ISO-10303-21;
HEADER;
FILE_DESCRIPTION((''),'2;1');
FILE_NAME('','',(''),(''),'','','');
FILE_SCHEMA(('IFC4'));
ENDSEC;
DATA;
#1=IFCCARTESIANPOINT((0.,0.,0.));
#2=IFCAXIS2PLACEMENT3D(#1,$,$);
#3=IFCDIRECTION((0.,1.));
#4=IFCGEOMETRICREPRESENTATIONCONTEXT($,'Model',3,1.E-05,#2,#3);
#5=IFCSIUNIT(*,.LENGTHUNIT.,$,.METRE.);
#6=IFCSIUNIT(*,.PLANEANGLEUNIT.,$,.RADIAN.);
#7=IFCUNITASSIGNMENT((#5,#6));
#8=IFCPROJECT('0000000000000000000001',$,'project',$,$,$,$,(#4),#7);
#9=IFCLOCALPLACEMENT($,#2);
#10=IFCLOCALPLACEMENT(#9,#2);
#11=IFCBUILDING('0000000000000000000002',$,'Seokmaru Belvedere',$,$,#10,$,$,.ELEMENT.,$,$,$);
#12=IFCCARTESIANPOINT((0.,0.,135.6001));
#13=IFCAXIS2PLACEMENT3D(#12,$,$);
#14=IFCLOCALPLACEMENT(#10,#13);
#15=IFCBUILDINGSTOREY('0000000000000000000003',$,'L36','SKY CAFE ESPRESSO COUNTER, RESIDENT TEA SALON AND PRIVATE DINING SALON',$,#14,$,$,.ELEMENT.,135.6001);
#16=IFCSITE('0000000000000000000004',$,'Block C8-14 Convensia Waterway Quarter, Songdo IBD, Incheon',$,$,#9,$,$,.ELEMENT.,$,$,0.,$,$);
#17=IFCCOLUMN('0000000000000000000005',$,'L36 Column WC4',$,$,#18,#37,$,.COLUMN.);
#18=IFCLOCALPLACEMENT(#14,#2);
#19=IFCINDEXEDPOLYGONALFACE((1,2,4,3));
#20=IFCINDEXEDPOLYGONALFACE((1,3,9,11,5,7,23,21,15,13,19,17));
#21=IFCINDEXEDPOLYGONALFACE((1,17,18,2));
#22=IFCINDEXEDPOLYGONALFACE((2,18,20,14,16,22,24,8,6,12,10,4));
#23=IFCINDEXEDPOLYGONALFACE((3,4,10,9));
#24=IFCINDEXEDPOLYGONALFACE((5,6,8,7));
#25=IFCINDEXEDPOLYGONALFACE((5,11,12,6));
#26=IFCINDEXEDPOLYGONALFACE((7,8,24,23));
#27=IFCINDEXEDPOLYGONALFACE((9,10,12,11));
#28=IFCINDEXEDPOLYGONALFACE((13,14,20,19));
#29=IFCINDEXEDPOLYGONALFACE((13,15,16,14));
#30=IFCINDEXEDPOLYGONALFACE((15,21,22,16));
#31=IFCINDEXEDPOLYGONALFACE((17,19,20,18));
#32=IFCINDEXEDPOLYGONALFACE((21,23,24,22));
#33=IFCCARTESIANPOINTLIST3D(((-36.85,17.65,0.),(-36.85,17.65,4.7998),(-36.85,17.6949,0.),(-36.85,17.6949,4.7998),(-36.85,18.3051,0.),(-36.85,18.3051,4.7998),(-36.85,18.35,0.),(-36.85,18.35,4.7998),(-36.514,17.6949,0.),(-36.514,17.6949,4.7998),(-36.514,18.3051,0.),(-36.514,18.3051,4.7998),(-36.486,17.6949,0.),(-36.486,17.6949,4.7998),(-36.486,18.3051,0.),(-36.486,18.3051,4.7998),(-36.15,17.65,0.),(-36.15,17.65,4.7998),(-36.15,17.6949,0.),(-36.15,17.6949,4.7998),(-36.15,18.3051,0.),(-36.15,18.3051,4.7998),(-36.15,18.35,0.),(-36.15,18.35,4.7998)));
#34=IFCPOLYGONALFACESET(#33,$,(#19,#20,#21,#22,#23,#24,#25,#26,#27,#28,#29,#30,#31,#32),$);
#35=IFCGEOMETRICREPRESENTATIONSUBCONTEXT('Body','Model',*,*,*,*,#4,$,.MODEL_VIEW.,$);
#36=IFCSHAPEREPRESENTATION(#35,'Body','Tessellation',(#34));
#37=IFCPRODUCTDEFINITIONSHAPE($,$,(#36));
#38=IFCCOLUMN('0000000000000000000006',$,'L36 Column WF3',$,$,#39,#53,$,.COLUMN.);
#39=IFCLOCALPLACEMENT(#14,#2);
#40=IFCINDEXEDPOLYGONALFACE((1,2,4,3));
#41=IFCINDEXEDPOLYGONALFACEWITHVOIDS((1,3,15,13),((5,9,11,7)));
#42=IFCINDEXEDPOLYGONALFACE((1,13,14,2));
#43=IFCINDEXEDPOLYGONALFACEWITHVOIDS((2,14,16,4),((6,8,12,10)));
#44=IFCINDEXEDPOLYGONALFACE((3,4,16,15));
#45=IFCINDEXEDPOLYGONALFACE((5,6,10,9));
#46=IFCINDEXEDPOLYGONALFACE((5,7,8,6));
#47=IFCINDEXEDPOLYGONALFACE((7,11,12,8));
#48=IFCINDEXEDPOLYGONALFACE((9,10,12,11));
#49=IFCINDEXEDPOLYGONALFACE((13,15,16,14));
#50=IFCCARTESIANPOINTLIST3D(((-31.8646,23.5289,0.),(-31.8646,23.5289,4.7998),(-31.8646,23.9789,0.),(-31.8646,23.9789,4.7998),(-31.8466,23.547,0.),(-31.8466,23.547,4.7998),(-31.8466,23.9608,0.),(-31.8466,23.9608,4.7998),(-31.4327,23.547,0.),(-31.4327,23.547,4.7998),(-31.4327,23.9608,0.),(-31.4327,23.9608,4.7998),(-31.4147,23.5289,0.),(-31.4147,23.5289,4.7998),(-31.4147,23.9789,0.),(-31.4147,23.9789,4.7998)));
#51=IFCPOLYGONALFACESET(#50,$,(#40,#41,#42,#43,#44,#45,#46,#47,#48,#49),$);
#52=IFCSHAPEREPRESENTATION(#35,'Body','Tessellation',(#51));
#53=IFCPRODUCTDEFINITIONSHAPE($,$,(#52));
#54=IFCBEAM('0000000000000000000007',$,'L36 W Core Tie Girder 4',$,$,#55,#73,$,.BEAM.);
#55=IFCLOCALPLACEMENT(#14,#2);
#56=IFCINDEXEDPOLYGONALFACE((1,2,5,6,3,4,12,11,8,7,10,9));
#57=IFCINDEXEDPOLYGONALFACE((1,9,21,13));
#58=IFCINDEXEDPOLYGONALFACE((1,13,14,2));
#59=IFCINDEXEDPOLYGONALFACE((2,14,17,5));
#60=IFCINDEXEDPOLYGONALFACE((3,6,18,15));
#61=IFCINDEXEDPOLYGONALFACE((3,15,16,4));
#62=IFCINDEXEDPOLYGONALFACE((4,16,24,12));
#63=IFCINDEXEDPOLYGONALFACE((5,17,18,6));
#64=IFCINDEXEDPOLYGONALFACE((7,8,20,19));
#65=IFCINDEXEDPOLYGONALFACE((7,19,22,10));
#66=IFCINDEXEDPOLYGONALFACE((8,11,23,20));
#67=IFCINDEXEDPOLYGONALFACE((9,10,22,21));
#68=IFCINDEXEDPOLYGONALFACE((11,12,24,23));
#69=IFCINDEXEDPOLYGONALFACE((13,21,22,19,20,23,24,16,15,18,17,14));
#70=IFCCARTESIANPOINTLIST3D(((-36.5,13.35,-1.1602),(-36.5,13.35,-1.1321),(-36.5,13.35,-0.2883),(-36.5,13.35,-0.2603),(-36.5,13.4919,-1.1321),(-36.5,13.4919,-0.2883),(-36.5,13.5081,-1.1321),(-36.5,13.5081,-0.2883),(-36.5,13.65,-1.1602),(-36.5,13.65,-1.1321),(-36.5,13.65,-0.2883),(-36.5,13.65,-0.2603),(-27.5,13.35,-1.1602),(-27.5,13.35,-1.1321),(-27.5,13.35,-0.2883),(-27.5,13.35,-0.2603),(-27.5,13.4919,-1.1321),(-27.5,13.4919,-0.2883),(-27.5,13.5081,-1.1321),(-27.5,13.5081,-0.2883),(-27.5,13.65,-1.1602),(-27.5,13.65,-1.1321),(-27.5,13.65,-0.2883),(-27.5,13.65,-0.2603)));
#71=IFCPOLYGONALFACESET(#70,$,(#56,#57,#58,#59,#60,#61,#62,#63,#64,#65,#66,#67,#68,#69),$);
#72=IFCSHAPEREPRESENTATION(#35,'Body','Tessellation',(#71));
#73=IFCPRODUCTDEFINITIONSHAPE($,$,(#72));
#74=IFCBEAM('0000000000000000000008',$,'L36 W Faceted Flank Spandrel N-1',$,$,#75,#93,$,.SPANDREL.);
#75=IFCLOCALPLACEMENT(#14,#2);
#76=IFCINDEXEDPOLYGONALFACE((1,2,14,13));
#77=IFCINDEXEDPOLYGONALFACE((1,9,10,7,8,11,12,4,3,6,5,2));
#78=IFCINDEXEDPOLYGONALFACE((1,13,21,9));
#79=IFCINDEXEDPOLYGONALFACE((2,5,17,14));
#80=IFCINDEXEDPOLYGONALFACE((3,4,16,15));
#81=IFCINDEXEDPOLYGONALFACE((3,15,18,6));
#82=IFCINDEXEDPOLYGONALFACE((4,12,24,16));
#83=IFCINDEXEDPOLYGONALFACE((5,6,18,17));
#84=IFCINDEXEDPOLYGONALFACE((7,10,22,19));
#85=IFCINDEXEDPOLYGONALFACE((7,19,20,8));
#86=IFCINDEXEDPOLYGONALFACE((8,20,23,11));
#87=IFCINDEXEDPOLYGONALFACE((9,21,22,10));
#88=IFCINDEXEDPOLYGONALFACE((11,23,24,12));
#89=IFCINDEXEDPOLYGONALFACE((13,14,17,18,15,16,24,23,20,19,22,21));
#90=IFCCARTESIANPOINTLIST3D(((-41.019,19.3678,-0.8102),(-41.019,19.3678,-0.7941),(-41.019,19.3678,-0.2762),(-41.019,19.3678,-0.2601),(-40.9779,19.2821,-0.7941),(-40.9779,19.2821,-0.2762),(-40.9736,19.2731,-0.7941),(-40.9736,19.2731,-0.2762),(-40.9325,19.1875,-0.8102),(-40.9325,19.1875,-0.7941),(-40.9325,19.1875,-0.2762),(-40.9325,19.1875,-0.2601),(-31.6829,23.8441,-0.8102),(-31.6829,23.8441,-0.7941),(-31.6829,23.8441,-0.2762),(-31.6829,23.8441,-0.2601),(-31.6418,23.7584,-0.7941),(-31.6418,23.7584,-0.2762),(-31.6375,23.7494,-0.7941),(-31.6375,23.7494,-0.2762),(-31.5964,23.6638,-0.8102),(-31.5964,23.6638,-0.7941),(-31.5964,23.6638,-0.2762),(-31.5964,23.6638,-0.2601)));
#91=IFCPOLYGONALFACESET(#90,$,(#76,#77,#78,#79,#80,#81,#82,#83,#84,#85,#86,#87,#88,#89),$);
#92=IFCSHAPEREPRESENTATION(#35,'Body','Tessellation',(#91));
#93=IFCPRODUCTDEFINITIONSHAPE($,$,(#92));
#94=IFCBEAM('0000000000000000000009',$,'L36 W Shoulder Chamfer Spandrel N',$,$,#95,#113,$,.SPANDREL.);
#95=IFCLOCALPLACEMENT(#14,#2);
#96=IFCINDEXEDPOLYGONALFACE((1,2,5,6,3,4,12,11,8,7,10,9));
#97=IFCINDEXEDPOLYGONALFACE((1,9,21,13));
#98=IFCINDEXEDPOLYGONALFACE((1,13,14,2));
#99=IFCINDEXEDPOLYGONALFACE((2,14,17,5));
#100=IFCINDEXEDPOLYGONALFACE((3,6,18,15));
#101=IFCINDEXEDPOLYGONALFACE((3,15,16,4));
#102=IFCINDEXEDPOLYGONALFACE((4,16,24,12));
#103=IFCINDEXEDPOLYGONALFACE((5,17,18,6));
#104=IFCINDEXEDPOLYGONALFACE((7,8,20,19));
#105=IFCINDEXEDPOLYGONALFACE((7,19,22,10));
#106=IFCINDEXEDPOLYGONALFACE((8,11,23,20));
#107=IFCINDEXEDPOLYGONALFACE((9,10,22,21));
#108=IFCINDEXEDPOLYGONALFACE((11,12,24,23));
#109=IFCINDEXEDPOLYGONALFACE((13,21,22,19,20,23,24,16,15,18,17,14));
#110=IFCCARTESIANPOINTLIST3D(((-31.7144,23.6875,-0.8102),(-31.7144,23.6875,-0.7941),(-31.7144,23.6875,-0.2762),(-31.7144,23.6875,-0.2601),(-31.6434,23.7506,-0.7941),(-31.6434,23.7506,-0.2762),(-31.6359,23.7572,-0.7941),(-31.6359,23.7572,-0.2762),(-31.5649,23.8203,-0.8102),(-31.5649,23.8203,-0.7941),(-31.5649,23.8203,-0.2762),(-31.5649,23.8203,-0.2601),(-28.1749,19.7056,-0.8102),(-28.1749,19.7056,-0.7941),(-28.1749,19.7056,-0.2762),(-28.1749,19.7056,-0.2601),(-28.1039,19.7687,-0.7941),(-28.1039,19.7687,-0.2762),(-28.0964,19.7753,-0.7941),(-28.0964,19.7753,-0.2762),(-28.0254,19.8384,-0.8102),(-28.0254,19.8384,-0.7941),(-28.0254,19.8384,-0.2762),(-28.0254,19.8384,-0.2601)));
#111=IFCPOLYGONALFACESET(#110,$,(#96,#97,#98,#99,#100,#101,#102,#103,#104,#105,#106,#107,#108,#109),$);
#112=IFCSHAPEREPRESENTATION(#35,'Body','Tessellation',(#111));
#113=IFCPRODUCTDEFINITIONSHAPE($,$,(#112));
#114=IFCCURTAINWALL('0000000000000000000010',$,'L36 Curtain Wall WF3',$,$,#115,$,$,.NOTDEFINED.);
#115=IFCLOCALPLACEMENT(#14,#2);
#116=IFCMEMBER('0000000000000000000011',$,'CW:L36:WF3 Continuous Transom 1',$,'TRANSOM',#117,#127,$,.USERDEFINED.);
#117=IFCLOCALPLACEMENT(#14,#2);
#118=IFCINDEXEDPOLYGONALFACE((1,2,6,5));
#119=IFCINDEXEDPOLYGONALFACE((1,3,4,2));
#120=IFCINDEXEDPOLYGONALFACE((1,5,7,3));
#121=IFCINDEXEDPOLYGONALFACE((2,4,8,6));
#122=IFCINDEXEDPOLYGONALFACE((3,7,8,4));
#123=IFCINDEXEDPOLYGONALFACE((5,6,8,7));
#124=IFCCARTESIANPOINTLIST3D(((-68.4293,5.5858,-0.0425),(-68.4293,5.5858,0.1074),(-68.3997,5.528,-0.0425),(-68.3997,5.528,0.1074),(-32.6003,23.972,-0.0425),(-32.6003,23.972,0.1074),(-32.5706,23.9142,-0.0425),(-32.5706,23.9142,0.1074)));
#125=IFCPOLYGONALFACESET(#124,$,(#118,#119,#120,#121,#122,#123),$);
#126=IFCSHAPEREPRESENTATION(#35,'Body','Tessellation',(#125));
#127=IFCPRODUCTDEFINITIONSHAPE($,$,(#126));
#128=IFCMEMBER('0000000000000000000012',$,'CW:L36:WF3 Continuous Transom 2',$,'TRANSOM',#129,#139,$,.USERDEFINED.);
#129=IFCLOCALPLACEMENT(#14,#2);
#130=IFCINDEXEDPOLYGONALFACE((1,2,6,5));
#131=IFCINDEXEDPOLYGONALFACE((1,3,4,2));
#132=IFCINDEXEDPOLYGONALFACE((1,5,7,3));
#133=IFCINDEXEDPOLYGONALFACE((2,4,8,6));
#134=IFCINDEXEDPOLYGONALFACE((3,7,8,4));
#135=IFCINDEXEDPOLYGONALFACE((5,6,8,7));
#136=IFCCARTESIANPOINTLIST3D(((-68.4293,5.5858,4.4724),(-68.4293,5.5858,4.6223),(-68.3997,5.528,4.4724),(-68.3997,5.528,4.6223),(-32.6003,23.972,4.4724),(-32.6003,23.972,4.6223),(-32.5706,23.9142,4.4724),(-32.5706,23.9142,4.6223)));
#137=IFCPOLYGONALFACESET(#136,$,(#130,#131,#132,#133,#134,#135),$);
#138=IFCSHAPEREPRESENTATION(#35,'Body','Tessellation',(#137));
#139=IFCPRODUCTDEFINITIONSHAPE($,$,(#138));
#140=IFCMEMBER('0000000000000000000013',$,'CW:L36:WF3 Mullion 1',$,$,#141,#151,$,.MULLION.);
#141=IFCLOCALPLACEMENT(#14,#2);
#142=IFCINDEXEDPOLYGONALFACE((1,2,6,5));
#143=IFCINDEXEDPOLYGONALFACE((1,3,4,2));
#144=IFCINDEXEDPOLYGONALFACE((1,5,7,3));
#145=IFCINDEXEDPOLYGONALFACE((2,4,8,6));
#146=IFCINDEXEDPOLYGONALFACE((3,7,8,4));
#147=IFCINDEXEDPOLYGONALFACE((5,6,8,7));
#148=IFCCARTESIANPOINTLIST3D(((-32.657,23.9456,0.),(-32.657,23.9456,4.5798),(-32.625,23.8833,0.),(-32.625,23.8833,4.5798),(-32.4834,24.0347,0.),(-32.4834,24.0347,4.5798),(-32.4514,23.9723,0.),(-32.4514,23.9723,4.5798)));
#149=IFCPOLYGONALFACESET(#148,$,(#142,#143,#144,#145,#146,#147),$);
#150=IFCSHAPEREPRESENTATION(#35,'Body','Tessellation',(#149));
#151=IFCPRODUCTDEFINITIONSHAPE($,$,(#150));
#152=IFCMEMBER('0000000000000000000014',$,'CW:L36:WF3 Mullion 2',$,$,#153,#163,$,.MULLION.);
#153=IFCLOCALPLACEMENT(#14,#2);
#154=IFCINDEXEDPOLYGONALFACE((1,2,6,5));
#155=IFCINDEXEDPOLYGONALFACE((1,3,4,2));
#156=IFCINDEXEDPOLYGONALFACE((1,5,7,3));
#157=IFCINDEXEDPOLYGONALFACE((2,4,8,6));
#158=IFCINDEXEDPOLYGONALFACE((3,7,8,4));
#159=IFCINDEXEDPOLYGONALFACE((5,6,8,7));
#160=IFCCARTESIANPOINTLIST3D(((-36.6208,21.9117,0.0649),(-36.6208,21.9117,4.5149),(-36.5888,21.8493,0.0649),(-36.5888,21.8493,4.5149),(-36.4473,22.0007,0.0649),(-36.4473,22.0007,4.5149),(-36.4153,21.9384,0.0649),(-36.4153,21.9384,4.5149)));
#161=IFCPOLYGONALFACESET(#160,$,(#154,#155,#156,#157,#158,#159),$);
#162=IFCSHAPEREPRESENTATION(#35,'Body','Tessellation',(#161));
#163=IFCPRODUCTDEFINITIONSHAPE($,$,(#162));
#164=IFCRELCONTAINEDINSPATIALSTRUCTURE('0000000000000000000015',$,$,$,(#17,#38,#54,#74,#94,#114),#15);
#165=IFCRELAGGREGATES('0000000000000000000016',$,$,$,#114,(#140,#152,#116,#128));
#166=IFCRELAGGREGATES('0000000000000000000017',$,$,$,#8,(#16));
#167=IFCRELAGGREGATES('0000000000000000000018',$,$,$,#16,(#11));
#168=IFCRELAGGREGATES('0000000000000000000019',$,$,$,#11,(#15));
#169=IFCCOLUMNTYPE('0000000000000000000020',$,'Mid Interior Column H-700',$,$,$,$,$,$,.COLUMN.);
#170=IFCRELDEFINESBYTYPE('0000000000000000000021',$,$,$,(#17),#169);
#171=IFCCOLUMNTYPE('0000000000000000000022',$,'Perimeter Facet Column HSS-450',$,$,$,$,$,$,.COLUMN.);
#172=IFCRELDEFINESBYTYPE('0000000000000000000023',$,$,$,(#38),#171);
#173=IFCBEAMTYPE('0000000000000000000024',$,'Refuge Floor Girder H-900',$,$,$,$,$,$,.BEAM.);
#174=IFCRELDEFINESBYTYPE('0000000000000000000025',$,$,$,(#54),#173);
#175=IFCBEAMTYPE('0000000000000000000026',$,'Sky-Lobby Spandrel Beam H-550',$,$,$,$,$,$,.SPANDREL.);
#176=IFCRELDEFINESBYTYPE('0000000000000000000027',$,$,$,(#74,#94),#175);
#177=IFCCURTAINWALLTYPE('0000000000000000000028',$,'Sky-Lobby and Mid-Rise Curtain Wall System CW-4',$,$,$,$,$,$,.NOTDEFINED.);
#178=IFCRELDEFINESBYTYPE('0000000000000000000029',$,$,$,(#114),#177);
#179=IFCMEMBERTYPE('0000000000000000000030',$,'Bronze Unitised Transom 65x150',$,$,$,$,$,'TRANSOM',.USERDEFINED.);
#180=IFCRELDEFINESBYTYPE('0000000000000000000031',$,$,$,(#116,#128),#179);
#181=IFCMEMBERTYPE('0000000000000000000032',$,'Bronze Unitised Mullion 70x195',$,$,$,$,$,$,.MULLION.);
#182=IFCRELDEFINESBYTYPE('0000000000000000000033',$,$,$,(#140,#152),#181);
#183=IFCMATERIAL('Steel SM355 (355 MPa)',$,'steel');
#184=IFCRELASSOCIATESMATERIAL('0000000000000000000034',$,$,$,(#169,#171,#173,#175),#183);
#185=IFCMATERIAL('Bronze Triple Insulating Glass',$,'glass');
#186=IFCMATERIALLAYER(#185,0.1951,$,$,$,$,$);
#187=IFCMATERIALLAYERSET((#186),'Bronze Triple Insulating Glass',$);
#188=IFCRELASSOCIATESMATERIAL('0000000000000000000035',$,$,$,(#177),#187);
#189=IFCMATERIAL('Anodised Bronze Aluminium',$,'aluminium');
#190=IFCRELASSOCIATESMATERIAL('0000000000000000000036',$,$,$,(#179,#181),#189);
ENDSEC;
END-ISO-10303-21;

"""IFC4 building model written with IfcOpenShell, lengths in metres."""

from ifc_helpers import new_model, si_unit, direction, frame, origin, origin_2d, place, context, subcontext, project, spatial, rectangle, hollow_rectangle, i_section, extrude, source, transform, mapped, material, layer, layer_set, material_profile, profile_set, type_object, type_shapes, element, aggregate, save


model = new_model("IFC4")

# Units and contexts
model_context = context("Model", 3, precision=1e-05, world=origin(), true_north=direction((0.0, 1.0)))
body_context = subcontext(model_context, "Body", "Model", "MODEL_VIEW")
ifc_project = project(units=[si_unit("LENGTHUNIT", "METRE"), si_unit("PLANEANGLEUNIT", "RADIAN")], contexts=[model_context])

# Site, building, storey
site_placement = place(None, origin())
site = spatial("IfcSite", under=ifc_project, at=site_placement, Name="Block C8-14 Convensia Waterway Quarter, Songdo IBD, Incheon", CompositionType="ELEMENT", RefElevation=0.0)
building_placement = place(site_placement, origin())
building = spatial("IfcBuilding", under=site, at=building_placement, Name="Seokmaru Belvedere", CompositionType="ELEMENT")
storey_placement = place(building_placement, frame((0.0, 0.0, 135.6001)))
storey = spatial("IfcBuildingStorey", under=building, at=storey_placement, Name="L36", Description="SKY CAFE ESPRESSO COUNTER, RESIDENT TEA SALON AND PRIVATE DINING SALON", CompositionType="ELEMENT", Elevation=135.6001)

# Columns
ifc_material_1 = material(Name="Steel SM355 (355 MPa)", Category="steel")
ifc_material_profile_1 = material_profile(ifc_material_1, i_section(OverallWidth=0.7, OverallDepth=0.7, WebThickness=0.0281, FlangeThickness=0.0449, at=origin_2d()), Name="H-700x700x28x45")
ifc_profile_set_1 = profile_set([ifc_material_profile_1], Name="Steel SM355 (355 MPa)")
column_type_1 = type_object("IfcColumnType", Name="Mid Interior Column H-700", PredefinedType="COLUMN", material=ifc_profile_set_1)
shared_shape_1 = source(origin(), body_context, "Body", "SweptSolid", [
    extrude(i_section(OverallWidth=0.7, OverallDepth=0.7, WebThickness=0.0281, FlangeThickness=0.0449, at=origin_2d()), origin(), (0.0, 0.0, 1.0), 4.7998),
])
type_shapes(column_type_1, [shared_shape_1])
column_1_placement = place(storey_placement, frame((-36.5, 18.0, 0.0), z_axis=(0.0, 0.0, 1.0), x_axis=(1.0, 0.0, 0.0)))
element("IfcColumn", 1, at=column_1_placement, inside=storey, type_object=column_type_1, Name="L36 Column WC4", PredefinedType="COLUMN", context=body_context, shape_type="MappedRepresentation", body=[
    mapped(shared_shape_1, transform((0.0, 0.0, 0.0), scale=1.0)),
])
ifc_material_profile_2 = material_profile(ifc_material_1, hollow_rectangle(XDim=0.45, YDim=0.45, WallThickness=0.0181, at=origin_2d()), Name="HSS-450x450x18")
ifc_profile_set_2 = profile_set([ifc_material_profile_2], Name="Steel SM355 (355 MPa)")
column_type_2 = type_object("IfcColumnType", Name="Perimeter Facet Column HSS-450", PredefinedType="COLUMN", material=ifc_profile_set_2)
shared_shape_2 = source(origin(), body_context, "Body", "SweptSolid", [
    extrude(hollow_rectangle(XDim=0.45, YDim=0.45, WallThickness=0.0181, at=origin_2d()), origin(), (0.0, 0.0, 1.0), 4.7998),
])
type_shapes(column_type_2, [shared_shape_2])
column_2_placement = place(storey_placement, frame((-31.6396, 23.7539, 0.0), z_axis=(0.0, 0.0, 1.0), x_axis=(1.0, 0.0, 0.0)))
element("IfcColumn", 2, at=column_2_placement, inside=storey, type_object=column_type_2, Name="L36 Column WF3", PredefinedType="COLUMN", context=body_context, shape_type="MappedRepresentation", body=[
    mapped(shared_shape_2, transform((0.0, 0.0, 0.0), scale=1.0)),
])

# Beams
ifc_material_profile_3 = material_profile(ifc_material_1, i_section(OverallWidth=0.3, OverallDepth=0.8999, WebThickness=0.0161, FlangeThickness=0.0281, at=origin_2d()), Name="H-900x300x16x28")
ifc_profile_set_3 = profile_set([ifc_material_profile_3], Name="Steel SM355 (355 MPa)")
beam_type_1 = type_object("IfcBeamType", Name="Refuge Floor Girder H-900", PredefinedType="BEAM", material=ifc_profile_set_3)
shared_shape_3 = source(origin(), body_context, "Body", "SweptSolid", [
    extrude(i_section(OverallWidth=0.3, OverallDepth=0.8999, WebThickness=0.0161, FlangeThickness=0.0281, at=origin_2d()), origin(), (0.0, 0.0, 1.0), 9.0),
])
type_shapes(beam_type_1, [shared_shape_3])
beam_1_placement = place(storey_placement, frame((-36.5, 13.5, -0.7102), z_axis=(1.0, 0.0, 0.0), x_axis=(0.0, 1.0, 0.0)))
element("IfcBeam", 3, at=beam_1_placement, inside=storey, type_object=beam_type_1, Name="L36 W Core Tie Girder 4", PredefinedType="BEAM", context=body_context, shape_type="MappedRepresentation", body=[
    mapped(shared_shape_3, transform((0.0, 0.0, 0.0), scale=1.0)),
])
ifc_material_profile_4 = material_profile(ifc_material_1, i_section(OverallWidth=0.2, OverallDepth=0.55, WebThickness=0.01, FlangeThickness=0.0161, at=origin_2d()), Name="H-550x200x10x16")
ifc_profile_set_4 = profile_set([ifc_material_profile_4], Name="Steel SM355 (355 MPa)")
beam_type_2 = type_object("IfcBeamType", Name="Sky-Lobby Spandrel Beam H-550", PredefinedType="SPANDREL", material=ifc_profile_set_4)
shared_shape_4 = source(origin(), body_context, "Body", "SweptSolid", [
    extrude(i_section(OverallWidth=0.2, OverallDepth=0.55, WebThickness=0.01, FlangeThickness=0.0161, at=origin_2d()), origin(), (0.0, 0.0, 1.0), 10.3538),
])
beam_2_placement = place(storey_placement, frame((-31.6396, 23.7539, -0.5352), z_axis=(-0.901713, -0.432335, 0.0), x_axis=(0.432335, -0.901713, 0.0)))
element("IfcBeam", 4, at=beam_2_placement, inside=storey, type_object=beam_type_2, Name="L36 W Faceted Flank Spandrel N-1", PredefinedType="SPANDREL", context=body_context, shape_type="MappedRepresentation", body=[
    mapped(shared_shape_4, transform((0.0, 0.0, 0.0), scale=1.0)),
])
shared_shape_5 = source(origin(), body_context, "Body", "SweptSolid", [
    extrude(i_section(OverallWidth=0.2, OverallDepth=0.55, WebThickness=0.01, FlangeThickness=0.0161, at=origin_2d()), origin(), (0.0, 0.0, 1.0), 5.3276),
])
type_shapes(beam_type_2, [shared_shape_4, shared_shape_5])
beam_3_placement = place(storey_placement, frame((-31.6396, 23.7539, -0.5352), z_axis=(0.66437, -0.747404, 0.0), x_axis=(0.747404, 0.66437, 0.0)))
element("IfcBeam", 5, at=beam_3_placement, inside=storey, type_object=beam_type_2, Name="L36 W Shoulder Chamfer Spandrel N", PredefinedType="SPANDREL", context=body_context, shape_type="MappedRepresentation", body=[
    mapped(shared_shape_5, transform((0.0, 0.0, 0.0), scale=1.0)),
])

# Curtain wall, members
ifc_material_2 = material(Name="Bronze Triple Insulating Glass", Category="glass")
ifc_layer_1 = layer(ifc_material_2, 0.1951)
ifc_layer_set_1 = layer_set([ifc_layer_1], Name="Bronze Triple Insulating Glass")
curtain_wall_type = type_object("IfcCurtainWallType", Name="Sky-Lobby and Mid-Rise Curtain Wall System CW-4", PredefinedType="NOTDEFINED", material=ifc_layer_set_1)
curtain_wall_placement = place(storey_placement, origin())
curtain_wall = element("IfcCurtainWall", 6, at=curtain_wall_placement, inside=storey, type_object=curtain_wall_type, Name="L36 Curtain Wall WF3", PredefinedType="NOTDEFINED")
ifc_material_3 = material(Name="Anodised Bronze Aluminium", Category="aluminium")
ifc_material_profile_5 = material_profile(ifc_material_3, rectangle(XDim=0.0649, YDim=0.1499, at=origin_2d()), Name="CW-T-65x150")
ifc_profile_set_5 = profile_set([ifc_material_profile_5], Name="Anodised Bronze Aluminium")
member_type_1 = type_object("IfcMemberType", Name="Bronze Unitised Transom 65x150", ElementType="TRANSOM", PredefinedType="USERDEFINED", material=ifc_profile_set_5)
shared_shape_6 = source(origin(), body_context, "Body", "SweptSolid", [
    extrude(rectangle(XDim=0.0649, YDim=0.1499, at=origin_2d()), origin(), (0.0, 0.0, 1.0), 40.2712),
])
member_1_placement = place(storey_placement, frame((-32.5854, 23.9431, 0.0325), z_axis=(-0.889693, -0.456559, 0.0), x_axis=(0.456559, -0.889693, 0.0)))
member_1 = element("IfcMember", 7, at=member_1_placement, type_object=member_type_1, Name="CW:L36:WF3 Continuous Transom 1", ObjectType="TRANSOM", PredefinedType="USERDEFINED", context=body_context, shape_type="MappedRepresentation", body=[
    mapped(shared_shape_6, transform((0.0, 0.0, 0.0), scale=1.0)),
])
member_2_placement = place(storey_placement, frame((-32.5854, 23.9431, 4.5474), z_axis=(-0.889693, -0.456559, 0.0), x_axis=(0.456559, -0.889693, 0.0)))
member_2 = element("IfcMember", 8, at=member_2_placement, type_object=member_type_1, Name="CW:L36:WF3 Continuous Transom 2", ObjectType="TRANSOM", PredefinedType="USERDEFINED", context=body_context, shape_type="MappedRepresentation", body=[
    mapped(shared_shape_6, transform((0.0, 0.0, 0.0), scale=1.0)),
])
ifc_material_profile_6 = material_profile(ifc_material_3, rectangle(XDim=0.0701, YDim=0.1951, at=origin_2d()), Name="CW-M-70x195")
ifc_profile_set_6 = profile_set([ifc_material_profile_6], Name="Anodised Bronze Aluminium")
member_type_2 = type_object("IfcMemberType", Name="Bronze Unitised Mullion 70x195", PredefinedType="MULLION", material=ifc_profile_set_6)
shared_shape_7 = source(origin(), body_context, "Body", "SweptSolid", [
    extrude(rectangle(XDim=0.0701, YDim=0.1951, at=origin_2d()), origin(), (0.0, 0.0, 1.0), 4.5798),
])
member_3_placement = place(storey_placement, frame((-32.5542, 23.959, 0.0), z_axis=(0.0, 0.0, 1.0), x_axis=(0.456555, -0.889695, 0.0)))
member_3 = element("IfcMember", 9, at=member_3_placement, type_object=member_type_2, Name="CW:L36:WF3 Mullion 1", PredefinedType="MULLION", context=body_context, shape_type="MappedRepresentation", body=[
    mapped(shared_shape_7, transform((0.0, 0.0, 0.0), scale=1.0)),
])
shared_shape_8 = source(origin(), body_context, "Body", "SweptSolid", [
    extrude(rectangle(XDim=0.0701, YDim=0.1951, at=origin_2d()), origin(), (0.0, 0.0, 1.0), 4.45),
])
type_shapes(member_type_2, [shared_shape_7, shared_shape_8])
member_4_placement = place(storey_placement, frame((-36.5181, 21.925, 0.0649), z_axis=(0.0, 0.0, 1.0), x_axis=(0.456555, -0.889695, 0.0)))
member_4 = element("IfcMember", 10, at=member_4_placement, type_object=member_type_2, Name="CW:L36:WF3 Mullion 2", PredefinedType="MULLION", context=body_context, shape_type="MappedRepresentation", body=[
    mapped(shared_shape_8, transform((0.0, 0.0, 0.0), scale=1.0)),
])
aggregate(curtain_wall, [member_3, member_4, member_1, member_2])

save(model, "model.ifc")
